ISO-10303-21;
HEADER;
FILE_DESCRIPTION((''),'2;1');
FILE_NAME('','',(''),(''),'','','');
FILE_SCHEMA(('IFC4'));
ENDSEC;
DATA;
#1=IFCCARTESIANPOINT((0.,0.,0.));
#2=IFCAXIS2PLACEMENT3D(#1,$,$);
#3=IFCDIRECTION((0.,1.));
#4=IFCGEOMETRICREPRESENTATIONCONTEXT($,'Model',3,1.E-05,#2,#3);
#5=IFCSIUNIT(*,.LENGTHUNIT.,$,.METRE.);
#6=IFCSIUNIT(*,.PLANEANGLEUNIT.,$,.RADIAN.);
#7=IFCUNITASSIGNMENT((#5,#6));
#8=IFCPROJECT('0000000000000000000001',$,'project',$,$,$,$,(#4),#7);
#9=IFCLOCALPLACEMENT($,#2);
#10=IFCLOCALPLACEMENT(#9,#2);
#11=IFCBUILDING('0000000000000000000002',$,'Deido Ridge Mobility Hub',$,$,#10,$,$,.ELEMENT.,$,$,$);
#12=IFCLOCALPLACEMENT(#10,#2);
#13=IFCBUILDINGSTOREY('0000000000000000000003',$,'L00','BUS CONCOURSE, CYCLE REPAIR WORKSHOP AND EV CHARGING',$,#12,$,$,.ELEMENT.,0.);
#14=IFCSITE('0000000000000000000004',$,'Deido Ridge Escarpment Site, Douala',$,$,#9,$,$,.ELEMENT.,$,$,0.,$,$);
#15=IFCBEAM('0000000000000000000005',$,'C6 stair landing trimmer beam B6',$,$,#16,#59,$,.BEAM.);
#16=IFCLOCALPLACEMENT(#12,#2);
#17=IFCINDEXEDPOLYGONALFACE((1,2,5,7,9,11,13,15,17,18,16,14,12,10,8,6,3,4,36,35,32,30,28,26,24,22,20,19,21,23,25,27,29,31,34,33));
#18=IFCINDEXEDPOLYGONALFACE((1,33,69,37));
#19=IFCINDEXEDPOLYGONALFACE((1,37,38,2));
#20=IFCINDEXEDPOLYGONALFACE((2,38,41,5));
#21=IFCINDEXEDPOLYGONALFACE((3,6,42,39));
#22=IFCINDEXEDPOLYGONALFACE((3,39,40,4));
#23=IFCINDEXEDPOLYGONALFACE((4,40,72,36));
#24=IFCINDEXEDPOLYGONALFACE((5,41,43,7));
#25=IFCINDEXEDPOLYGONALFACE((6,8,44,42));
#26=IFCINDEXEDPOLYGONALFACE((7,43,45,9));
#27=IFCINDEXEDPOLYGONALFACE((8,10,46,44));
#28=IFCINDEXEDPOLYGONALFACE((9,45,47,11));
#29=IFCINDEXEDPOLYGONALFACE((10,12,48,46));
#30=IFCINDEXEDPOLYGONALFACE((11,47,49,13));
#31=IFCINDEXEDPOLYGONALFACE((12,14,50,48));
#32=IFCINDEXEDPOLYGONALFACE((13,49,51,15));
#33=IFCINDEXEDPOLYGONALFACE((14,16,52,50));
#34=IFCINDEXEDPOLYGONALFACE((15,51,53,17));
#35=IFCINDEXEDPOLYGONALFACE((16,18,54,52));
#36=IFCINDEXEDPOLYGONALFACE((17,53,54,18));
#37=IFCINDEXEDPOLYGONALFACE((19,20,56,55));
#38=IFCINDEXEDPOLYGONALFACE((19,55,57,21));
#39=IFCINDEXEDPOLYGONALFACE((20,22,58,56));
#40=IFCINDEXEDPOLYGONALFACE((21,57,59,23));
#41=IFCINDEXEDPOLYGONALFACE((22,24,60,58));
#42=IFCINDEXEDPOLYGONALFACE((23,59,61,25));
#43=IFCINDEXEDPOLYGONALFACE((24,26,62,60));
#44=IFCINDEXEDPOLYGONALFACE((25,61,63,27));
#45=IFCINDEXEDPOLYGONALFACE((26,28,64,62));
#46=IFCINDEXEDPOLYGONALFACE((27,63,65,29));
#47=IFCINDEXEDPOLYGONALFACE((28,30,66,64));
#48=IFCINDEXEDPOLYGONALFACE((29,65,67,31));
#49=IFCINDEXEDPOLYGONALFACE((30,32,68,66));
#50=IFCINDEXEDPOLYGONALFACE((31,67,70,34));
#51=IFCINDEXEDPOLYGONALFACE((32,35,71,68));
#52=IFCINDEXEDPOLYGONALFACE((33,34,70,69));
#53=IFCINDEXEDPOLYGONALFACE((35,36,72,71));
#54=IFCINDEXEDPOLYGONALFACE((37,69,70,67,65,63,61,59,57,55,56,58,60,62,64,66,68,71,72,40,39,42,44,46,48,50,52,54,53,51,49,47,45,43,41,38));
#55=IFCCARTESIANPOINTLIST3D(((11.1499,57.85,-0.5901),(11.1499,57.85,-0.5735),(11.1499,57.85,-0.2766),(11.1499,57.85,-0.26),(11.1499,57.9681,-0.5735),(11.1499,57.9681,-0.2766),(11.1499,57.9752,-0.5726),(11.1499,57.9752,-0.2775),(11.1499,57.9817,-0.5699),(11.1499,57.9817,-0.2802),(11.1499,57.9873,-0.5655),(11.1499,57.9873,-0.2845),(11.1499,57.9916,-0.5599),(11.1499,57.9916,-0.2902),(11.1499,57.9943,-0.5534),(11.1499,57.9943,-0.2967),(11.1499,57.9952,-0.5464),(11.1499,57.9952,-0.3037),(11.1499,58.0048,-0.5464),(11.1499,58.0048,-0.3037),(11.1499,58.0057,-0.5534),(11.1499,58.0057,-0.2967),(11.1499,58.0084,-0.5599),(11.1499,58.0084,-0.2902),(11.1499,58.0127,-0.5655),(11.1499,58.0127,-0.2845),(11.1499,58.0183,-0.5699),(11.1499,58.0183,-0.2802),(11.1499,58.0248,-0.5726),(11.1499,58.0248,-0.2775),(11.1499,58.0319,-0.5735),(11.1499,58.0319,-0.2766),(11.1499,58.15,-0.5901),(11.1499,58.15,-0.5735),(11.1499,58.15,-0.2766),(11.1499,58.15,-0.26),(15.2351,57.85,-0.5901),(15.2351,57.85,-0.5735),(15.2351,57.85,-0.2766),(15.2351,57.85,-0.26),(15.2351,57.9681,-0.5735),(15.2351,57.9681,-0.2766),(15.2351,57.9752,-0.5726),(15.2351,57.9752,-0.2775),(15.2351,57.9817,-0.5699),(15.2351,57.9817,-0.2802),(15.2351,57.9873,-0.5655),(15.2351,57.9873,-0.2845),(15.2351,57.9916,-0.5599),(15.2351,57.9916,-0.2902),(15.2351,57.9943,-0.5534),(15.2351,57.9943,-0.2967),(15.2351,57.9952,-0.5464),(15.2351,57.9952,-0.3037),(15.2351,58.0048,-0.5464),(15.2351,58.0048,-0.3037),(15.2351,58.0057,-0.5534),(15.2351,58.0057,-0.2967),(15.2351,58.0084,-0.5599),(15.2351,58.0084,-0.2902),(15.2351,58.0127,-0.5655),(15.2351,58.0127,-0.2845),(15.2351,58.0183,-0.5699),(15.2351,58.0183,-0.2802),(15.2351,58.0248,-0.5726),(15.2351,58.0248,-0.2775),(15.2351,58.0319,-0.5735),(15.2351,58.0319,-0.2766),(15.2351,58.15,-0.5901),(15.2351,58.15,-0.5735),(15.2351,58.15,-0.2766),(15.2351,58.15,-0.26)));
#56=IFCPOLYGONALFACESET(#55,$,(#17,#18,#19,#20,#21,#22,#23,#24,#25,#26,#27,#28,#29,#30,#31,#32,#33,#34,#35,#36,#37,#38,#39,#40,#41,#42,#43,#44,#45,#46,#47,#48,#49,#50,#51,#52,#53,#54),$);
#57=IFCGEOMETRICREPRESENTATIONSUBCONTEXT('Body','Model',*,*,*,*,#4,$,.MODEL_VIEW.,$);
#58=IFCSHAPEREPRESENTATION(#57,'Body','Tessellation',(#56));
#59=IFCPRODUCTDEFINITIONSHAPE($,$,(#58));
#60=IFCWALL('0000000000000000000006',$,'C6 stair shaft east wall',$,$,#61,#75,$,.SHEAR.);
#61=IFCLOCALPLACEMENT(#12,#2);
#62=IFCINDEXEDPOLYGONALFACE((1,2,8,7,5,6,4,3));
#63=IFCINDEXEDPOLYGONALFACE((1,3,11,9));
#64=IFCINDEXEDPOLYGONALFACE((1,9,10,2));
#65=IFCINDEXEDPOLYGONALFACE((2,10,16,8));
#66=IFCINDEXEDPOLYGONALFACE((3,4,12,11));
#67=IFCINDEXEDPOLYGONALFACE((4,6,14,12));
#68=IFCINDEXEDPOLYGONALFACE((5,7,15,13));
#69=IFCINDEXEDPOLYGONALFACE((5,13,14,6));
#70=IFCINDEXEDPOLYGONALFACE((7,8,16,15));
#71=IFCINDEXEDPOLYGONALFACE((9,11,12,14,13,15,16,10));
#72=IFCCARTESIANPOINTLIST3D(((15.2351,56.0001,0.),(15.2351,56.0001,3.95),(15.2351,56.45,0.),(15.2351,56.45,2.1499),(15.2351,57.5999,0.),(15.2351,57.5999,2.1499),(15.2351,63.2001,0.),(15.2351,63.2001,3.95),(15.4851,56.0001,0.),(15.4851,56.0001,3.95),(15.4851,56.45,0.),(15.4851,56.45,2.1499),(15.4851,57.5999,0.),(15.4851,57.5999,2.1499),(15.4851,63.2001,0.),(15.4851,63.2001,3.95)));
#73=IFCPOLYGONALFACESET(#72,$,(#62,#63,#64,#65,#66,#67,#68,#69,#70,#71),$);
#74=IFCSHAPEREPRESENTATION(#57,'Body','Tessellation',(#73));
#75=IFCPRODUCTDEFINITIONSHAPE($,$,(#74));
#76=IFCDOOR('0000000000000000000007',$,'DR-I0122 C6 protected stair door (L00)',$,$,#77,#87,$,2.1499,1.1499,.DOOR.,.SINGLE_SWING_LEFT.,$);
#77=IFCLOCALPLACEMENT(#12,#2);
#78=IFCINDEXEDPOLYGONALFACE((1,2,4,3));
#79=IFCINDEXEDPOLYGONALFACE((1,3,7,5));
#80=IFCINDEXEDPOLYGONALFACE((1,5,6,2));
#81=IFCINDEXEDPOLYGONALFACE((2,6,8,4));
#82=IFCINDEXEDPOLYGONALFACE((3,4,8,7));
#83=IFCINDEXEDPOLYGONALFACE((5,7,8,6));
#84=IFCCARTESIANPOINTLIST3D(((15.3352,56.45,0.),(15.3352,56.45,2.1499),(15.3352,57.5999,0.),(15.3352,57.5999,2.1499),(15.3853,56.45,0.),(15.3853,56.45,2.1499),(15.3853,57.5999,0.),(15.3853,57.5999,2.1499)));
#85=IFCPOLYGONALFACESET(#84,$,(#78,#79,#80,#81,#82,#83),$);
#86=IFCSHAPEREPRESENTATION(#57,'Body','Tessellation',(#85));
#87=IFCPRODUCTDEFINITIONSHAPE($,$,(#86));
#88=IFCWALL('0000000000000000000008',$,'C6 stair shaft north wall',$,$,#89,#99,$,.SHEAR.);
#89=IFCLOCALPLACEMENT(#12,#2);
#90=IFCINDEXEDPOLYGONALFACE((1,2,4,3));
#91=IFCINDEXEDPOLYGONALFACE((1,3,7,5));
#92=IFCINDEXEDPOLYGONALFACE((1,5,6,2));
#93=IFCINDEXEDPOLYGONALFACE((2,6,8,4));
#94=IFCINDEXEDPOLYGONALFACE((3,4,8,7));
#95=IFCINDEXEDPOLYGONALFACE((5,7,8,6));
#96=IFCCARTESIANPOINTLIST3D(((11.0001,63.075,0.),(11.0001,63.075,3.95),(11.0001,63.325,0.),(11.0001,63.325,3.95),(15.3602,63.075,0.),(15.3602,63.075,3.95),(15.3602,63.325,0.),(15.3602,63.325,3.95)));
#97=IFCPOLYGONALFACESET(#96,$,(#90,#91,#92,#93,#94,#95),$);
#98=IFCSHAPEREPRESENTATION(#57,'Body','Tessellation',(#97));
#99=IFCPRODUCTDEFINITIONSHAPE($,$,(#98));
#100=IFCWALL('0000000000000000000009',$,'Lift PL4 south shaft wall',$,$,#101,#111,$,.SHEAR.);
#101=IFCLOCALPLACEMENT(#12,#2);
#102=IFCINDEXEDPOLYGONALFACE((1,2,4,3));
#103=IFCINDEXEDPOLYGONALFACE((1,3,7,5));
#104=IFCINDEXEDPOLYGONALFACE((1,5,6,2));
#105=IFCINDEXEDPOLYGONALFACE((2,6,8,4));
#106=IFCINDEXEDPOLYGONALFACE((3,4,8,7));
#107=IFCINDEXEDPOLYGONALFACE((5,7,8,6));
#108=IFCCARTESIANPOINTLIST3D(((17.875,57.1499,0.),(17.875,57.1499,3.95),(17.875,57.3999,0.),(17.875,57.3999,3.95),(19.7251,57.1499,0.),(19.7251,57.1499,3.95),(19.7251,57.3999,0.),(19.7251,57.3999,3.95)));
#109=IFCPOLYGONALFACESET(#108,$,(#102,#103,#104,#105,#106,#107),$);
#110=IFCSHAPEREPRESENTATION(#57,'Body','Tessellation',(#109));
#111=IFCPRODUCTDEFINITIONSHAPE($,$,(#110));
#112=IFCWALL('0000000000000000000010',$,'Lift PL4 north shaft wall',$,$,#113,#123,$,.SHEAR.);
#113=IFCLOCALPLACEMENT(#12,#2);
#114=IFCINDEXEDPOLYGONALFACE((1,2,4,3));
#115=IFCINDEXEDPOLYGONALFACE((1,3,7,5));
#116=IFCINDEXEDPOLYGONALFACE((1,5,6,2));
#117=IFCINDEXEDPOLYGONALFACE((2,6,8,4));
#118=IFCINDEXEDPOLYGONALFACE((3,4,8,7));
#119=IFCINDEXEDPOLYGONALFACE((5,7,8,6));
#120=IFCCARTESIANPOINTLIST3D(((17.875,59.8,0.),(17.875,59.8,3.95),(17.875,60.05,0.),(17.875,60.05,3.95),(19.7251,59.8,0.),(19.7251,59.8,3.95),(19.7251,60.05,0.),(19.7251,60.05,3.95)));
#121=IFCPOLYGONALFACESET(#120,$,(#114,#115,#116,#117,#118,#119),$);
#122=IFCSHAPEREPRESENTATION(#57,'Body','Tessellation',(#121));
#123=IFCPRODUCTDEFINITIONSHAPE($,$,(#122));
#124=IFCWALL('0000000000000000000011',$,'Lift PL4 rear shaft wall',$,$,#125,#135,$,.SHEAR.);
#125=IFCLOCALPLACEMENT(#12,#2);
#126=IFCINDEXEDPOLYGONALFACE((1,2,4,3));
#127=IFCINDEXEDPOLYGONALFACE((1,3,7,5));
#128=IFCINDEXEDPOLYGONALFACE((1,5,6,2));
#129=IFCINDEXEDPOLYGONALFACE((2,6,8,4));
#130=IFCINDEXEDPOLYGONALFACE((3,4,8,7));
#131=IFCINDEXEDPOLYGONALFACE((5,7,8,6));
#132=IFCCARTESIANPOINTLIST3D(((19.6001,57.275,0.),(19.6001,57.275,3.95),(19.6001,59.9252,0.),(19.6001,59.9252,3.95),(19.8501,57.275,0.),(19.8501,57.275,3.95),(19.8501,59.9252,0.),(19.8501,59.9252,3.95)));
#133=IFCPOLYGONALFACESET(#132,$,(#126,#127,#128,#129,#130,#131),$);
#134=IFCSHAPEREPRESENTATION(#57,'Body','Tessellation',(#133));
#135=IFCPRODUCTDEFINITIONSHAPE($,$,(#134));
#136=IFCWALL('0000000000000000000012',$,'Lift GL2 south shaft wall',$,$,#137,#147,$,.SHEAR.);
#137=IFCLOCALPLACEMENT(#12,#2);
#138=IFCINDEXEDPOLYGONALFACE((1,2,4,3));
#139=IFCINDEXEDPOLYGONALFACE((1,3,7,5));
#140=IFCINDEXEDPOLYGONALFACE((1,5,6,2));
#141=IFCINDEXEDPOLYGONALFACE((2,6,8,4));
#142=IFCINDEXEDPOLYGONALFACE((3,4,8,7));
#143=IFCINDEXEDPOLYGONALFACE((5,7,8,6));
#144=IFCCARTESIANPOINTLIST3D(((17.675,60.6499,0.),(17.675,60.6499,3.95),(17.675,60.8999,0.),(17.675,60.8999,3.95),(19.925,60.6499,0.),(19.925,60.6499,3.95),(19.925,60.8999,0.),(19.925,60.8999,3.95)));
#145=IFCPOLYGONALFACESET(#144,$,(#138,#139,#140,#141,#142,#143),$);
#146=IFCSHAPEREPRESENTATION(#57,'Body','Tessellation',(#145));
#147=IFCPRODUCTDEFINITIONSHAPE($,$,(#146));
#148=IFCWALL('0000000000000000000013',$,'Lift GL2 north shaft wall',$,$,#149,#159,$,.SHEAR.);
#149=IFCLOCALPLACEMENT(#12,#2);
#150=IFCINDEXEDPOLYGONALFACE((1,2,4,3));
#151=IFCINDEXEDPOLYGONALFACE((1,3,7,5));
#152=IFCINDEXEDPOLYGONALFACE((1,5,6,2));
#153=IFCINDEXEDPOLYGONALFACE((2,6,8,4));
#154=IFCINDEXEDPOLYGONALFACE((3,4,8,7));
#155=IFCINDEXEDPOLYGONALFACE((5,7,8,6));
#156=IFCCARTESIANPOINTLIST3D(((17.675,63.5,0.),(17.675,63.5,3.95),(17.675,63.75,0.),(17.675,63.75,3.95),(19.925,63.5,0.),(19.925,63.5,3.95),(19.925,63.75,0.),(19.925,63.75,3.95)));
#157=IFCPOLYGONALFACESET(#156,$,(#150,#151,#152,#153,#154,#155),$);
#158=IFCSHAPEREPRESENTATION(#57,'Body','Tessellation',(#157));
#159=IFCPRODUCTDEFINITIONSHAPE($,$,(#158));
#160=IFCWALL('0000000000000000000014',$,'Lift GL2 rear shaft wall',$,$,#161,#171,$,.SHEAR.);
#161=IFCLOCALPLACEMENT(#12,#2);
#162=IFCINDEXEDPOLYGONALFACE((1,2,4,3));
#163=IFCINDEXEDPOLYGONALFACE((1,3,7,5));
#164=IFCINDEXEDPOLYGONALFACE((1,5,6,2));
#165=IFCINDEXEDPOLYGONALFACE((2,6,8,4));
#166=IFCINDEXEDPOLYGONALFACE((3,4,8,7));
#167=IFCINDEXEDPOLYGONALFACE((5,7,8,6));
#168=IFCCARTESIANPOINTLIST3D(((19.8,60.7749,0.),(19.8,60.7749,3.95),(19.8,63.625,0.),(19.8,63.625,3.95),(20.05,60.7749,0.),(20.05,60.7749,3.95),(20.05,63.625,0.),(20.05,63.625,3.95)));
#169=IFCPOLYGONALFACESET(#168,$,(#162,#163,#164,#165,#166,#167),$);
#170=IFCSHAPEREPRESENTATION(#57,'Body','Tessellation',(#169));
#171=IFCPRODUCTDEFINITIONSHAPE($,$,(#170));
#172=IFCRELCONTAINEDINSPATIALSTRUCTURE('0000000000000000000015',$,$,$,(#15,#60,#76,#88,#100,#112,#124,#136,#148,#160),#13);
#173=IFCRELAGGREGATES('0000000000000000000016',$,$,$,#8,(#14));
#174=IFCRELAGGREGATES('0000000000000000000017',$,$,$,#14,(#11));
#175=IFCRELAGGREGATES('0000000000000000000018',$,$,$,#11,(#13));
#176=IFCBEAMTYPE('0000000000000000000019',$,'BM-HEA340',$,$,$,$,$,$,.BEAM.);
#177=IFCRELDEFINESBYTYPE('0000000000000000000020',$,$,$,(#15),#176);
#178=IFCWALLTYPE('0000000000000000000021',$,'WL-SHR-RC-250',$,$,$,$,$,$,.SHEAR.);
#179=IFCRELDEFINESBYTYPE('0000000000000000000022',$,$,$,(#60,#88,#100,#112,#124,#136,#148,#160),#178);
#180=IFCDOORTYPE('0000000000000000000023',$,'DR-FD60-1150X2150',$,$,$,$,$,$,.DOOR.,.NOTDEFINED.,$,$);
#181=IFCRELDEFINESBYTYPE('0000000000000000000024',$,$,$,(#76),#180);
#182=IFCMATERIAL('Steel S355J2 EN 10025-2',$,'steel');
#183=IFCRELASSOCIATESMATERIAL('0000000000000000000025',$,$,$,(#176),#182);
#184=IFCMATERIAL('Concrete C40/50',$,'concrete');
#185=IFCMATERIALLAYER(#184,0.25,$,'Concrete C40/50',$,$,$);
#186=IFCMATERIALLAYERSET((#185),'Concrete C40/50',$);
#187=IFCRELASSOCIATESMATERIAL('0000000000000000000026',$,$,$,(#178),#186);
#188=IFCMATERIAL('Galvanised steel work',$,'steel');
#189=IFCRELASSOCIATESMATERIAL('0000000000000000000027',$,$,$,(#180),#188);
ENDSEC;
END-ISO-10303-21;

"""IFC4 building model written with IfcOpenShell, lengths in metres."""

from ifc_helpers import new_model, si_unit, direction, frame, frame_2d, origin, origin_2d, place, context, subcontext, project, spatial, rectangle, i_section, extrude, material, layer, layer_set, material_profile, profile_set, type_object, element, fill, save


model = new_model("IFC4")

# Units and contexts
model_context = context("Model", 3, precision=1e-05, world=origin(), true_north=direction((0.0, 1.0)))
body_context = subcontext(model_context, "Body", "Model", "MODEL_VIEW")
ifc_project = project(units=[si_unit("LENGTHUNIT", "METRE"), si_unit("PLANEANGLEUNIT", "RADIAN")], contexts=[model_context])

# Site, building, storey
site_placement = place(None, origin())
site = spatial("IfcSite", under=ifc_project, at=site_placement, Name="Deido Ridge Escarpment Site, Douala", CompositionType="ELEMENT", RefElevation=0.0)
building_placement = place(site_placement, origin())
building = spatial("IfcBuilding", under=site, at=building_placement, Name="Deido Ridge Mobility Hub", CompositionType="ELEMENT")
storey_placement = place(building_placement, origin())
storey = spatial("IfcBuildingStorey", under=building, at=storey_placement, Name="L00", Description="BUS CONCOURSE, CYCLE REPAIR WORKSHOP AND EV CHARGING", CompositionType="ELEMENT", Elevation=0.0)

# Beam
ifc_material_1 = material(Name="Steel S355J2 EN 10025-2", Category="steel")
ifc_material_profile = material_profile(ifc_material_1, i_section(OverallWidth=0.3, OverallDepth=0.3301, WebThickness=0.0095, FlangeThickness=0.0166, FilletRadius=0.0271, at=origin_2d()), Name="HEA 340")
ifc_profile_set = profile_set([ifc_material_profile], Name="Steel S355J2 EN 10025-2")
beam_type = type_object("IfcBeamType", Name="BM-HEA340", PredefinedType="BEAM", material=ifc_profile_set)
beam_placement = place(storey_placement, frame((11.1499, 58.0, -0.425), z_axis=(1.0, 0.0, 0.0), x_axis=(0.0, 1.0, 0.0)))
element("IfcBeam", 1, at=beam_placement, inside=storey, type_object=beam_type, Name="C6 stair landing trimmer beam B6", PredefinedType="BEAM", context=body_context, shape_type="SweptSolid", body=[
    extrude(i_section(OverallWidth=0.3, OverallDepth=0.3301, WebThickness=0.0095, FlangeThickness=0.0166, FilletRadius=0.0271, at=origin_2d()), origin(), (0.0, 0.0, 1.0), 4.0852),
])

# Wall, opening, door
ifc_material_2 = material(Name="Concrete C40/50", Category="concrete")
ifc_layer_1 = layer(ifc_material_2, 0.25, Name="Concrete C40/50")
ifc_layer_set_1 = layer_set([ifc_layer_1], Name="Concrete C40/50")
wall_type_1 = type_object("IfcWallType", Name="WL-SHR-RC-250", PredefinedType="SHEAR", material=ifc_layer_set_1)
wall_1_placement = place(storey_placement, frame((15.3601, 56.0, 0.0), z_axis=(0.0, 0.0, 1.0), x_axis=(0.0, 1.0, 0.0)))
wall_1 = element("IfcWall", 2, at=wall_1_placement, inside=storey, type_object=wall_type_1, Name="C6 stair shaft east wall", PredefinedType="SHEAR", context=body_context, shape_type="SweptSolid", body=[
    extrude(rectangle(XDim=7.2, YDim=0.25, at=frame_2d((3.6001, 0.0))), origin(), (0.0, 0.0, 1.0), 3.95),
])
opening_1_placement = place(wall_1_placement, frame((0.45, 0.0, 0.0)))
opening_1 = element("IfcOpeningElement", 3, at=opening_1_placement, cuts=wall_1, PredefinedType="OPENING", context=body_context, shape_type="SweptSolid", body=[
    extrude(rectangle(XDim=1.1499, YDim=2.1499, at=frame_2d((0.575, 1.075))), frame((0.0, 0.135, 0.0), z_axis=(0.0, -1.0, 0.0), x_axis=(1.0, 0.0, 0.0)), (0.0, 0.0, 1.0), 0.27),
])
ifc_material_3 = material(Name="Galvanised steel work", Category="steel")
door_type_1 = type_object("IfcDoorType", Name="DR-FD60-1150X2150", OperationType="NOTDEFINED", PredefinedType="DOOR", material=ifc_material_3)
door_1_placement = place(opening_1_placement, origin())
door_1 = element("IfcDoor", 4, at=door_1_placement, inside=storey, type_object=door_type_1, Name="DR-I0122 C6 protected stair door (L00)", OperationType="SINGLE_SWING_LEFT", OverallHeight=2.1499, OverallWidth=1.1499, PredefinedType="DOOR", context=body_context, shape_type="SweptSolid", body=[
    extrude(rectangle(XDim=1.1499, YDim=2.1499, at=frame_2d((0.575, 1.075))), frame((0.0, 0.0249, 0.0), z_axis=(0.0, -1.0, 0.0), x_axis=(1.0, 0.0, 0.0)), (0.0, 0.0, 1.0), 0.05),
])
fill(opening_1, door_1)

# Walls
wall_2_placement = place(storey_placement, frame((11.0, 63.2, 0.0), z_axis=(0.0, 0.0, 1.0), x_axis=(1.0, 0.0, 0.0)))
element("IfcWall", 5, at=wall_2_placement, inside=storey, type_object=wall_type_1, Name="C6 stair shaft north wall", PredefinedType="SHEAR", context=body_context, shape_type="SweptSolid", body=[
    extrude(rectangle(XDim=4.3601, YDim=0.25, at=frame_2d((2.1802, 0.0))), origin(), (0.0, 0.0, 1.0), 3.95),
])
for number, where, z_axis, x_axis, name in (
    (6, (17.875, 57.2749, 0.0), (0.0, 0.0, 1.0), (1.0, 0.0, 0.0), "Lift PL4 south shaft wall"),
    (7, (17.875, 59.925, 0.0), (0.0, 0.0, 1.0), (1.0, 0.0, 0.0), "Lift PL4 north shaft wall"),
):
    element("IfcWall", number, at=place(storey_placement, frame(where, z_axis=z_axis, x_axis=x_axis)), inside=storey, type_object=wall_type_1, Name=name, PredefinedType="SHEAR", context=body_context, shape_type="SweptSolid", body=[
        extrude(rectangle(XDim=1.8501, YDim=0.25, at=frame_2d((0.925, 0.0))), origin(), (0.0, 0.0, 1.0), 3.95),
    ])
wall_3_placement = place(storey_placement, frame((19.7251, 57.2749, 0.0), z_axis=(0.0, 0.0, 1.0), x_axis=(0.0, 1.0, 0.0)))
element("IfcWall", 8, at=wall_3_placement, inside=storey, type_object=wall_type_1, Name="Lift PL4 rear shaft wall", PredefinedType="SHEAR", context=body_context, shape_type="SweptSolid", body=[
    extrude(rectangle(XDim=2.6501, YDim=0.25, at=frame_2d((1.3252, 0.0))), origin(), (0.0, 0.0, 1.0), 3.95),
])

# Walls
for number, where, z_axis, x_axis, name in (
    (9, (17.675, 60.7749, 0.0), (0.0, 0.0, 1.0), (1.0, 0.0, 0.0), "Lift GL2 south shaft wall"),
    (10, (17.675, 63.625, 0.0), (0.0, 0.0, 1.0), (1.0, 0.0, 0.0), "Lift GL2 north shaft wall"),
):
    element("IfcWall", number, at=place(storey_placement, frame(where, z_axis=z_axis, x_axis=x_axis)), inside=storey, type_object=wall_type_1, Name=name, PredefinedType="SHEAR", context=body_context, shape_type="SweptSolid", body=[
        extrude(rectangle(XDim=2.25, YDim=0.25, at=frame_2d((1.125, 0.0))), origin(), (0.0, 0.0, 1.0), 3.95),
    ])
wall_4_placement = place(storey_placement, frame((19.925, 60.7749, 0.0), z_axis=(0.0, 0.0, 1.0), x_axis=(0.0, 1.0, 0.0)))
element("IfcWall", 11, at=wall_4_placement, inside=storey, type_object=wall_type_1, Name="Lift GL2 rear shaft wall", PredefinedType="SHEAR", context=body_context, shape_type="SweptSolid", body=[
    extrude(rectangle(XDim=2.8501, YDim=0.25, at=frame_2d((1.425, 0.0))), origin(), (0.0, 0.0, 1.0), 3.95),
])

save(model, "model.ifc")
